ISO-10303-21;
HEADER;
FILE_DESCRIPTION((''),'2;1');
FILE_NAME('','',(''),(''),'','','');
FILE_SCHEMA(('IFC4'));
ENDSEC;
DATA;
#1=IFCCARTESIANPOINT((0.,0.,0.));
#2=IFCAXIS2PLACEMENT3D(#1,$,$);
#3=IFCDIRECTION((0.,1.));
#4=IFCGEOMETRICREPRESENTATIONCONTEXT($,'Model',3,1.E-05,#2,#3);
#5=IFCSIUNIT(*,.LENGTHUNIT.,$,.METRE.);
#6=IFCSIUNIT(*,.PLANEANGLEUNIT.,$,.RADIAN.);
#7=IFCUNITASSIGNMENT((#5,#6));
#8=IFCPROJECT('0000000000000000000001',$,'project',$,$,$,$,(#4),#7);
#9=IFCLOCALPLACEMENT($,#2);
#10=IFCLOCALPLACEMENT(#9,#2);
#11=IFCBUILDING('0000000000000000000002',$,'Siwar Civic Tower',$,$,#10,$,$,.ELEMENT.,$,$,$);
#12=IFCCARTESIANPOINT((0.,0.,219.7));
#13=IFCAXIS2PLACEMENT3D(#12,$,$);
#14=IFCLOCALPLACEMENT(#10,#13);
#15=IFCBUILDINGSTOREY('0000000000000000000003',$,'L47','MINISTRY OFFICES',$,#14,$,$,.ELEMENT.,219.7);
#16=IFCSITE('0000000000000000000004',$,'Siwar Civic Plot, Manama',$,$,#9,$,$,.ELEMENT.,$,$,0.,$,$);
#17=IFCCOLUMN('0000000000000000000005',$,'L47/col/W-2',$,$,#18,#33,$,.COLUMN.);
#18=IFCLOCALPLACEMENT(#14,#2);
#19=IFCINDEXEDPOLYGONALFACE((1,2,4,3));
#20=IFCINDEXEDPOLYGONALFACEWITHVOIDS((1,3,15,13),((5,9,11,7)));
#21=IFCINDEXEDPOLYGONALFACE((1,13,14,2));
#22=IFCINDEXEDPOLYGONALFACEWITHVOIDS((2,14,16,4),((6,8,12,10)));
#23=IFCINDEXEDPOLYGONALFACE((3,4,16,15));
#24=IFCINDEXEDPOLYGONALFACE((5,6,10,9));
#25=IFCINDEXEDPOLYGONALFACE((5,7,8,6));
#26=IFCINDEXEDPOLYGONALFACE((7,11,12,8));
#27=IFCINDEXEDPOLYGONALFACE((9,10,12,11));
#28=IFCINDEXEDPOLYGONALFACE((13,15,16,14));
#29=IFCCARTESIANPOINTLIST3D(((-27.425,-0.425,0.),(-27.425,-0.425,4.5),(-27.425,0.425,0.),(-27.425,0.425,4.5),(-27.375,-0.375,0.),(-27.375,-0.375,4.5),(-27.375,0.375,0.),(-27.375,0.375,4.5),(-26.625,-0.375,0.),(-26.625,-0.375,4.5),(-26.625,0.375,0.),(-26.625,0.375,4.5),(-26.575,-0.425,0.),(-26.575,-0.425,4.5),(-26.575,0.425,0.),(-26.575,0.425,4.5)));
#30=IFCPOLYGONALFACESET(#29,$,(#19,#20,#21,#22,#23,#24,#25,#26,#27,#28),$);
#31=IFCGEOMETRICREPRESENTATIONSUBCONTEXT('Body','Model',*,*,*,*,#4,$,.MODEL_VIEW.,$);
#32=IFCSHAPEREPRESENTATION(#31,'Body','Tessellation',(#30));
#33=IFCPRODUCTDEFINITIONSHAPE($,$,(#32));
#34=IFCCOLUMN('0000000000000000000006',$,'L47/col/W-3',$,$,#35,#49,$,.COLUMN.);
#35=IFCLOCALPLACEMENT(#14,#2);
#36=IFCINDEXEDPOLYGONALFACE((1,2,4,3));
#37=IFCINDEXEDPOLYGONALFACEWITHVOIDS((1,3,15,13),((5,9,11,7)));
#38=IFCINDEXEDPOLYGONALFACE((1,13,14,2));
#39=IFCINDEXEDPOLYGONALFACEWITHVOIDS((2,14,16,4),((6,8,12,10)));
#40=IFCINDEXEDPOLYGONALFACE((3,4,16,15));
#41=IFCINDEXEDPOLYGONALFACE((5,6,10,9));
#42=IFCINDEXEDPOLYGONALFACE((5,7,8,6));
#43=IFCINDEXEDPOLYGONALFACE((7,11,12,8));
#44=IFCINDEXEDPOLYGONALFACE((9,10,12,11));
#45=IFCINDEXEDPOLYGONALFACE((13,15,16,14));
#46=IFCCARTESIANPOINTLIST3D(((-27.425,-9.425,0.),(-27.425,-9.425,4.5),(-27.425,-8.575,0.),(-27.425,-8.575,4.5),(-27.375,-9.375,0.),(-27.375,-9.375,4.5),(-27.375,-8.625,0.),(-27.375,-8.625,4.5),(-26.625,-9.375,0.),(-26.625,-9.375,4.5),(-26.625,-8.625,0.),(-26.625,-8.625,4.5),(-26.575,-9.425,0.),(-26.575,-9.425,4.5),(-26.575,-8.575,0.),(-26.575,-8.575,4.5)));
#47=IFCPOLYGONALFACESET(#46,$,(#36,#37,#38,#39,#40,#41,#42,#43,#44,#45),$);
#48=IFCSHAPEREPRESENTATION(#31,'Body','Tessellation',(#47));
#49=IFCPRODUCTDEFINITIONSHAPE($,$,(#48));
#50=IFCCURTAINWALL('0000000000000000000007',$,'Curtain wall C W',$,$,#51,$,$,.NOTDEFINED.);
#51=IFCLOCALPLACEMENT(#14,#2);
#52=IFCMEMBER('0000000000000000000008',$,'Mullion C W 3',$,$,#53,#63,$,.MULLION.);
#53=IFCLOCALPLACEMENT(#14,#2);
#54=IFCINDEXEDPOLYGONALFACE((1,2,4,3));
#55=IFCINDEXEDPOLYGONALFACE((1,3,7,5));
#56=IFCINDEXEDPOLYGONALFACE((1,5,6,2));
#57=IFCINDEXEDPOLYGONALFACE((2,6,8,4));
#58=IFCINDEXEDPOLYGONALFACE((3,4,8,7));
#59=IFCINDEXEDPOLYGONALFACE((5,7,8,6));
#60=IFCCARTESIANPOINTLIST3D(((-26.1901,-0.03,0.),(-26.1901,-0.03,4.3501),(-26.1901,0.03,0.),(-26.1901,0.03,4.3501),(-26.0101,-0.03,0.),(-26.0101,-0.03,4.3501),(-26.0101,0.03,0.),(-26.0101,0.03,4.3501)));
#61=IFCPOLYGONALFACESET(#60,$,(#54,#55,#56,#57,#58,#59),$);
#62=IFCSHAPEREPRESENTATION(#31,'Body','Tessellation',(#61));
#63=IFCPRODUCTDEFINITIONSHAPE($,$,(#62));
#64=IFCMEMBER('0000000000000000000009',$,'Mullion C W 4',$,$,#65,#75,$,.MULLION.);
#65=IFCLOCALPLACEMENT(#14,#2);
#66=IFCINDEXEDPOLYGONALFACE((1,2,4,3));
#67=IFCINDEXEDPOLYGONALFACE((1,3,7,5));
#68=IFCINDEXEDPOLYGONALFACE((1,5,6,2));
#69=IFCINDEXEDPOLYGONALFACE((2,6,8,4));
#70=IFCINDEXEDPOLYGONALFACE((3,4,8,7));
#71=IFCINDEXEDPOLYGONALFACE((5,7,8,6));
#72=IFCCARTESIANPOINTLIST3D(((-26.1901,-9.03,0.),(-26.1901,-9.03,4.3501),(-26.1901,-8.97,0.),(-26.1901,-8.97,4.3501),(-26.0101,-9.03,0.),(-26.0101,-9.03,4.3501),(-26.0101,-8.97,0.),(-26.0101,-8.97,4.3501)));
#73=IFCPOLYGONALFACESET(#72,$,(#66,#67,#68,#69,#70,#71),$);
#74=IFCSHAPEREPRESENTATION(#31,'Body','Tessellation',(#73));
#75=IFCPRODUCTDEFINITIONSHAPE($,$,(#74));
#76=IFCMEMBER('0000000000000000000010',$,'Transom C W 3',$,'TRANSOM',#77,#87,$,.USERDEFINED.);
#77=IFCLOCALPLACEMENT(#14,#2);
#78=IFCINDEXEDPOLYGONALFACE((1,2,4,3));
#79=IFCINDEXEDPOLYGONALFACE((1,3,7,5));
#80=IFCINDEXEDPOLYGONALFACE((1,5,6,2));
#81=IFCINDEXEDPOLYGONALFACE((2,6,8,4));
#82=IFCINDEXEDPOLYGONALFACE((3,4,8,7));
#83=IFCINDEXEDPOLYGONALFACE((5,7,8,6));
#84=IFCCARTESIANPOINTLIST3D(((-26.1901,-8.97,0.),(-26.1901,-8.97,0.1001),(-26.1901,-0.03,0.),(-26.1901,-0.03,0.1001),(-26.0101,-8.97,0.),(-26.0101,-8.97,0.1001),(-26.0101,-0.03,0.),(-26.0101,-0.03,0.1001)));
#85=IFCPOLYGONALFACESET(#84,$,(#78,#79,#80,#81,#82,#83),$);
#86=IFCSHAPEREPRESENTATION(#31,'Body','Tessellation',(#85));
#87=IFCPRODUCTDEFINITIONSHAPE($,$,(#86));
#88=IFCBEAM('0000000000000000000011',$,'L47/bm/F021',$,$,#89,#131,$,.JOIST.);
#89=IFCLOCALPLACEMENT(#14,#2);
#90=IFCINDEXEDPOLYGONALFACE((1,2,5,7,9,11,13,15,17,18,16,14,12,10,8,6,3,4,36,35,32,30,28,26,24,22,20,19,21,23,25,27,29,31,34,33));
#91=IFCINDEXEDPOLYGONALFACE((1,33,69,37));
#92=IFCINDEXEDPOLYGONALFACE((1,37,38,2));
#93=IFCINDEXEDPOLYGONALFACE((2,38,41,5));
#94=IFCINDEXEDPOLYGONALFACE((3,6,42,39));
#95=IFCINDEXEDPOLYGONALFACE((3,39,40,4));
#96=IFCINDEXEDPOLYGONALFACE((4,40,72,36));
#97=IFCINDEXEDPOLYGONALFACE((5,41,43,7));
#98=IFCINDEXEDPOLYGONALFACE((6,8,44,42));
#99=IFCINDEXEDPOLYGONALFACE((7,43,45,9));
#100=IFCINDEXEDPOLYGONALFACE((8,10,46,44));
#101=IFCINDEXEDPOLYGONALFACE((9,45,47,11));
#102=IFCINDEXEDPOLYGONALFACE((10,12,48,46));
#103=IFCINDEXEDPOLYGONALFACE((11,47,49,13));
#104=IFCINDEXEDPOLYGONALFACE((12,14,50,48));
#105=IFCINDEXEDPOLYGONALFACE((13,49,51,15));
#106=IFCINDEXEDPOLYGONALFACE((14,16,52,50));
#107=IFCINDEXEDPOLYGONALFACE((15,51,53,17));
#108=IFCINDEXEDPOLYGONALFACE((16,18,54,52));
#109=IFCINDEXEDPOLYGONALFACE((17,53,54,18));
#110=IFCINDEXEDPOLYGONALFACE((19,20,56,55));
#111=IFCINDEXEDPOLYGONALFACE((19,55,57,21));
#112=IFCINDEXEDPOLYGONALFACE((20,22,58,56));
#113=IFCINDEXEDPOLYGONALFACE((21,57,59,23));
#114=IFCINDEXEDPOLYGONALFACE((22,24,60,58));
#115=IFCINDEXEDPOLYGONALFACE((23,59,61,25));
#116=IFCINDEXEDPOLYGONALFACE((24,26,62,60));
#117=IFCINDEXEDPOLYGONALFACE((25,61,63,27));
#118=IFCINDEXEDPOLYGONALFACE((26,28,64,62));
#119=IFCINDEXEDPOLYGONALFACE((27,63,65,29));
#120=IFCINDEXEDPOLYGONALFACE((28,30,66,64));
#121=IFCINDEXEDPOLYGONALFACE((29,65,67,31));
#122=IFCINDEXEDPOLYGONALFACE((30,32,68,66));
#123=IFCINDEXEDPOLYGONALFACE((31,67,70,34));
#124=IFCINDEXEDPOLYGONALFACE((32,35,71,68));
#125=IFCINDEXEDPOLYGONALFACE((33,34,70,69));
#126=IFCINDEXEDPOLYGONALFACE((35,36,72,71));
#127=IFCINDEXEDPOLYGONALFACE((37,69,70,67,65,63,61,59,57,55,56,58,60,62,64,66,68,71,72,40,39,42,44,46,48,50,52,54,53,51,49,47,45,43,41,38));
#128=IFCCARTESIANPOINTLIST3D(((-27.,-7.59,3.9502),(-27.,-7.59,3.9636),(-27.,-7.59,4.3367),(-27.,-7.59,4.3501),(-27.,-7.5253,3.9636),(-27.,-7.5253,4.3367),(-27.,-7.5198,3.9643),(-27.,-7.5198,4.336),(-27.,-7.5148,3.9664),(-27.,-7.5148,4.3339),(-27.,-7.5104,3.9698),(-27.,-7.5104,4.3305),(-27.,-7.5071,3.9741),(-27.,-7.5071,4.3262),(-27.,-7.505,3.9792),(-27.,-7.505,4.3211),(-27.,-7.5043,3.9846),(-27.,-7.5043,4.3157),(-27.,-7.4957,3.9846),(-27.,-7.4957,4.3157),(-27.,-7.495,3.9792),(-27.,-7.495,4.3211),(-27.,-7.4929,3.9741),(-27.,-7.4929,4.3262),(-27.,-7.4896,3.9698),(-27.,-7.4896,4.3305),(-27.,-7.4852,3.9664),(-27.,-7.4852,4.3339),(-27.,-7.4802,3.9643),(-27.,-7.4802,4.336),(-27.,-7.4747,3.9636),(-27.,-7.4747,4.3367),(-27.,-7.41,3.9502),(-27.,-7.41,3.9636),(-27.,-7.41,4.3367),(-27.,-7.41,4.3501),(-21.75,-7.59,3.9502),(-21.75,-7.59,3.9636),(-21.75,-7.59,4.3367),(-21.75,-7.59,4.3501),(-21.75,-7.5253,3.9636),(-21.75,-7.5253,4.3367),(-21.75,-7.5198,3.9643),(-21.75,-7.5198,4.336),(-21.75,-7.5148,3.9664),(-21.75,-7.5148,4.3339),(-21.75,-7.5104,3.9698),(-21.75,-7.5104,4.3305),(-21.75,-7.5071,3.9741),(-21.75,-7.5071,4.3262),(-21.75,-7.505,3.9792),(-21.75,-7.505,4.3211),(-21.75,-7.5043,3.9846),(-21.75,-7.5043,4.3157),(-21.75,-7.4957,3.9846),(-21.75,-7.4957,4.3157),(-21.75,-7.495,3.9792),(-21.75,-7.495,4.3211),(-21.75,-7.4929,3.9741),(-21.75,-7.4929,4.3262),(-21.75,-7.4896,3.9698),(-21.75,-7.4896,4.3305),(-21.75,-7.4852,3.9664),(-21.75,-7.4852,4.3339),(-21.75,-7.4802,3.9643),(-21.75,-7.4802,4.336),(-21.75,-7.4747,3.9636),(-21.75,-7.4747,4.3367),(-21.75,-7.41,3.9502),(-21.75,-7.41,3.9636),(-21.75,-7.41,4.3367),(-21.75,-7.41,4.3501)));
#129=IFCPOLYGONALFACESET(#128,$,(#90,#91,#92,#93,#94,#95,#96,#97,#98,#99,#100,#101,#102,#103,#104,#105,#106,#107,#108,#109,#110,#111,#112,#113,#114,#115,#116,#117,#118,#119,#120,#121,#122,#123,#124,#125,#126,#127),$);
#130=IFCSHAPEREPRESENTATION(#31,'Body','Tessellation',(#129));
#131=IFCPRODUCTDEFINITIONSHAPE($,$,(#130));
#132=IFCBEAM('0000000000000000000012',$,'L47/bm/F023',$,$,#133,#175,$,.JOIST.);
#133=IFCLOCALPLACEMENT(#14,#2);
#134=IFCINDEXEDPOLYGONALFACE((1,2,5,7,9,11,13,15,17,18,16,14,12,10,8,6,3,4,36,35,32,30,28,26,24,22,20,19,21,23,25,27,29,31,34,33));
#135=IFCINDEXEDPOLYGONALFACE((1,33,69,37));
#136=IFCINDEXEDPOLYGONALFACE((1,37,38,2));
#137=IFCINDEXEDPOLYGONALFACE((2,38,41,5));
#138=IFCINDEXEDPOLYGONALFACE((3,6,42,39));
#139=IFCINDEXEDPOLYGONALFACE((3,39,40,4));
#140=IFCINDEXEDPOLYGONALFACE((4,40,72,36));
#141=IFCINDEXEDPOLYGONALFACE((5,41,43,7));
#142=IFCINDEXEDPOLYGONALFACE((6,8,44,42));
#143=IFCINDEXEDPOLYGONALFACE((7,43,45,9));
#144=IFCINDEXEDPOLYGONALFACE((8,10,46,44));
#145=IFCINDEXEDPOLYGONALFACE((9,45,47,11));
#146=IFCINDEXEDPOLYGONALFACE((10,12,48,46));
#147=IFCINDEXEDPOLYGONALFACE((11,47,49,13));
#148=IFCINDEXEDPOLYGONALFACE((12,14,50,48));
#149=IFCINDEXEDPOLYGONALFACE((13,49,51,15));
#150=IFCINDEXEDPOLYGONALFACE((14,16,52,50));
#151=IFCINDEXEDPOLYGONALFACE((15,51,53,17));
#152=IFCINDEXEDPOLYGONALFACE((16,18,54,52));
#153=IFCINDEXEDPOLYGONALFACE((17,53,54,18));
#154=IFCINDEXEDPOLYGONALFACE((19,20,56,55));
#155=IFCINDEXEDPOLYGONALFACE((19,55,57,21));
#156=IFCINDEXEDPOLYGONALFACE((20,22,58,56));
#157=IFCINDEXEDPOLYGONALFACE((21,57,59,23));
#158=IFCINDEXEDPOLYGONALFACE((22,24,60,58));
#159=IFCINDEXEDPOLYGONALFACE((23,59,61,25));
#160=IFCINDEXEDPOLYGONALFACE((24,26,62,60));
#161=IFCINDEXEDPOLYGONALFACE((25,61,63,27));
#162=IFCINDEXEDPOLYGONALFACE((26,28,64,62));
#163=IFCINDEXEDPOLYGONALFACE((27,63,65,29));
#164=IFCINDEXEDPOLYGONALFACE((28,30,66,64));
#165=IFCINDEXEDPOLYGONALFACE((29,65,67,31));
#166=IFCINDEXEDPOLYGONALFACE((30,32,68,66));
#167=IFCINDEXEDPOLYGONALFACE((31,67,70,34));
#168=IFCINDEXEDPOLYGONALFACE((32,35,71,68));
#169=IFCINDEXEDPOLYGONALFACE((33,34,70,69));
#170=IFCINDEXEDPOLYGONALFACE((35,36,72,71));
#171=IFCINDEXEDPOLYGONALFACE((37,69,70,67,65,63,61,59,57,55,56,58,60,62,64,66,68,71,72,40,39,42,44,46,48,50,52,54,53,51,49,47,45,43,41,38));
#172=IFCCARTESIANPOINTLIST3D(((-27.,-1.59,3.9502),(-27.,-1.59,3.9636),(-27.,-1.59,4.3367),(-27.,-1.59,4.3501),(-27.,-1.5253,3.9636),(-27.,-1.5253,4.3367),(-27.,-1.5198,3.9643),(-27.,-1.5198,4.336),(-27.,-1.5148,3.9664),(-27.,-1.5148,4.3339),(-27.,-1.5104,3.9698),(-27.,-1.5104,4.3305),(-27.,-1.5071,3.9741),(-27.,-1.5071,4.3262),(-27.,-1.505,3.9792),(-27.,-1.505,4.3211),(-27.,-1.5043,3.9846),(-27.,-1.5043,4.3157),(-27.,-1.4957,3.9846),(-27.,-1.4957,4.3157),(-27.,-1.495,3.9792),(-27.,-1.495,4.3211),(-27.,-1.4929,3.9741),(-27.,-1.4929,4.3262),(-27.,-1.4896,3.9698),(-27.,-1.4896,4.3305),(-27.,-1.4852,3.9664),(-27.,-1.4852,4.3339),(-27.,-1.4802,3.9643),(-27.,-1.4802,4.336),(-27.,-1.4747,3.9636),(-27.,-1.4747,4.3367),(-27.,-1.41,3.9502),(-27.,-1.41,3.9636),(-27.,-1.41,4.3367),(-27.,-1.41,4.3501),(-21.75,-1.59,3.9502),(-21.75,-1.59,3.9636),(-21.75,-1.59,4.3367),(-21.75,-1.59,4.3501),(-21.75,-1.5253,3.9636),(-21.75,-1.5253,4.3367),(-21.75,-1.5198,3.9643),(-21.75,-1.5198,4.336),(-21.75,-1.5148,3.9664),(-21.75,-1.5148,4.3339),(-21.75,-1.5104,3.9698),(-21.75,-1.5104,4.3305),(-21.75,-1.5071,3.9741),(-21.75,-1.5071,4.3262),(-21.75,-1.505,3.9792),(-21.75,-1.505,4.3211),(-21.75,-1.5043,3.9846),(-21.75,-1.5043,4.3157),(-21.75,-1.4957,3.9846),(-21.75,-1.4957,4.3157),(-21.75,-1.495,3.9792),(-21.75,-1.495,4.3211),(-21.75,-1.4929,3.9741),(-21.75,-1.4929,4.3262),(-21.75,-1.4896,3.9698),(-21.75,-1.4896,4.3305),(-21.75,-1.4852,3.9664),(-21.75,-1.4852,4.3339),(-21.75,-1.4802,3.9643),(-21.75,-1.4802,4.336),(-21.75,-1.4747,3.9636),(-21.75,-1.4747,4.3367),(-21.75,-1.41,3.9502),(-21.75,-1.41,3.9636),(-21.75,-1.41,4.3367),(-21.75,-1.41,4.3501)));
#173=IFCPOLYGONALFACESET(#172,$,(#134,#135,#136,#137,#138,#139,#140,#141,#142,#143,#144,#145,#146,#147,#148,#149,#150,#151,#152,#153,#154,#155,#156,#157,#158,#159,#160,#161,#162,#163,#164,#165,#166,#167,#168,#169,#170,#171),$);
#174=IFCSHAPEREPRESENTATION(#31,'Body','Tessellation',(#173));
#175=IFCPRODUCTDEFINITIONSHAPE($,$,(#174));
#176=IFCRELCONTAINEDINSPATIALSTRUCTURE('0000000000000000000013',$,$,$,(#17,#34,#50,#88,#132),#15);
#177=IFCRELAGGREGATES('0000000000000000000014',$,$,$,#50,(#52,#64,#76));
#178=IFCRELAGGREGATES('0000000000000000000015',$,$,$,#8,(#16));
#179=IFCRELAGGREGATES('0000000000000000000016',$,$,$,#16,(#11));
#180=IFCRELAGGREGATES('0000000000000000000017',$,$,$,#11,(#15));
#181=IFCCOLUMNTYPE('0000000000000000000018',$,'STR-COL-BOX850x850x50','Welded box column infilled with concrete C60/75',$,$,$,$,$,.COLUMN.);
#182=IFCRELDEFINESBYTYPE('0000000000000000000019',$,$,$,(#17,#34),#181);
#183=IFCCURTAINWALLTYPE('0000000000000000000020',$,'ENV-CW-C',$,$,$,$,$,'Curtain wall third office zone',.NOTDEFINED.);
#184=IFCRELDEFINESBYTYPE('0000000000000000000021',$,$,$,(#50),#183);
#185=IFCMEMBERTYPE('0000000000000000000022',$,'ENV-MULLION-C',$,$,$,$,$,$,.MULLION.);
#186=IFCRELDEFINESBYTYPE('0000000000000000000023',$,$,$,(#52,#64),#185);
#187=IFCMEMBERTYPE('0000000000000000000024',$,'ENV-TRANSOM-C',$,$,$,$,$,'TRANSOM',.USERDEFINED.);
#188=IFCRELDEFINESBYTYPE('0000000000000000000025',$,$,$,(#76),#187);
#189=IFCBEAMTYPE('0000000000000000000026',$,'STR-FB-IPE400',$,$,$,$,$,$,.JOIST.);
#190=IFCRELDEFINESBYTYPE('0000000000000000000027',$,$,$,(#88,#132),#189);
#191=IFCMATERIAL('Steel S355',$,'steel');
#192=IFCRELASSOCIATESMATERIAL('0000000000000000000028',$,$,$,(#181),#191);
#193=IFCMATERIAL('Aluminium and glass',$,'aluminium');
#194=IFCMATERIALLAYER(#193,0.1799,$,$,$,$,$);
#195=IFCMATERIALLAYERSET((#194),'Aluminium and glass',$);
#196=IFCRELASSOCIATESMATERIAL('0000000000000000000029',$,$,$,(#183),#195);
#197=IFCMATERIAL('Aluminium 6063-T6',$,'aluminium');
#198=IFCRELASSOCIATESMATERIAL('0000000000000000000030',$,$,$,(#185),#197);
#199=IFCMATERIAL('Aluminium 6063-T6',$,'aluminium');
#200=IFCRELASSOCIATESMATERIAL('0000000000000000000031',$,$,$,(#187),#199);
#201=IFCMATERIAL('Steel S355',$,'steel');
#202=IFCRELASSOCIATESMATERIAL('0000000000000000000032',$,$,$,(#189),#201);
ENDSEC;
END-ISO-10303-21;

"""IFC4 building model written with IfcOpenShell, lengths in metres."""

from ifc_helpers import new_model, si_unit, direction, frame, origin, origin_2d, place, context, subcontext, project, spatial, rectangle, hollow_rectangle, i_section, extrude, material, layer, layer_set, material_profile, profile_set, type_object, element, aggregate, save


model = new_model("IFC4")

# Units and contexts
model_context = context("Model", 3, precision=1e-05, world=origin(), true_north=direction((0.0, 1.0)))
body_context = subcontext(model_context, "Body", "Model", "MODEL_VIEW")
ifc_project = project(units=[si_unit("LENGTHUNIT", "METRE"), si_unit("PLANEANGLEUNIT", "RADIAN")], contexts=[model_context])

# Site, building, storey
site_placement = place(None, origin())
site = spatial("IfcSite", under=ifc_project, at=site_placement, Name="Siwar Civic Plot, Manama", CompositionType="ELEMENT", RefElevation=0.0)
building_placement = place(site_placement, origin())
building = spatial("IfcBuilding", under=site, at=building_placement, Name="Siwar Civic Tower", CompositionType="ELEMENT")
storey_placement = place(building_placement, frame((0.0, 0.0, 219.7)))
storey = spatial("IfcBuildingStorey", under=building, at=storey_placement, Name="L47", Description="MINISTRY OFFICES", CompositionType="ELEMENT", Elevation=219.7)

# Columns
ifc_material_1 = material(Name="Steel S355", Category="steel")
ifc_material_profile_1 = material_profile(ifc_material_1, hollow_rectangle(XDim=0.8501, YDim=0.8501, WallThickness=0.05, at=origin_2d()), Name="BOX850x850x50")
ifc_profile_set_1 = profile_set([ifc_material_profile_1], Name="Steel S355")
column_type = type_object("IfcColumnType", Name="STR-COL-BOX850x850x50", Description="Welded box column infilled with concrete C60/75", PredefinedType="COLUMN", material=ifc_profile_set_1)
for number, where, z_axis, x_axis, name in (
    (1, (-27.0, 0.0, 0.0), (0.0, 0.0, 1.0), (1.0, 0.0, 0.0), "L47/col/W-2"),
    (2, (-27.0, -9.0, 0.0), (0.0, 0.0, 1.0), (1.0, 0.0, 0.0), "L47/col/W-3"),
):
    element("IfcColumn", number, at=place(storey_placement, frame(where, z_axis=z_axis, x_axis=x_axis)), inside=storey, type_object=column_type, Name=name, PredefinedType="COLUMN", context=body_context, shape_type="SweptSolid", body=[
        extrude(hollow_rectangle(XDim=0.8501, YDim=0.8501, WallThickness=0.05, at=origin_2d()), origin(), (0.0, 0.0, 1.0), 4.5),
    ])

# Curtain wall, members
ifc_material_2 = material(Name="Aluminium and glass", Category="aluminium")
ifc_layer_1 = layer(ifc_material_2, 0.1799)
ifc_layer_set_1 = layer_set([ifc_layer_1], Name="Aluminium and glass")
curtain_wall_type = type_object("IfcCurtainWallType", Name="ENV-CW-C", ElementType="Curtain wall third office zone", PredefinedType="NOTDEFINED", material=ifc_layer_set_1)
curtain_wall_placement = place(storey_placement, origin())
curtain_wall = element("IfcCurtainWall", 3, at=curtain_wall_placement, inside=storey, type_object=curtain_wall_type, Name="Curtain wall C W", PredefinedType="NOTDEFINED")
ifc_material_3 = material(Name="Aluminium 6063-T6", Category="aluminium")
ifc_material_profile_2 = material_profile(ifc_material_3, rectangle(XDim=0.1799, YDim=0.0601, at=origin_2d()), Name="AL 180x60")
ifc_profile_set_2 = profile_set([ifc_material_profile_2], Name="Aluminium 6063-T6")
member_type_1 = type_object("IfcMemberType", Name="ENV-MULLION-C", PredefinedType="MULLION", material=ifc_profile_set_2)
member_1_placement = place(storey_placement, frame((-26.1001, 0.0, 0.0), z_axis=(0.0, 0.0, 1.0), x_axis=(1.0, 0.0, 0.0)))
member_1 = element("IfcMember", 4, at=member_1_placement, type_object=member_type_1, Name="Mullion C W 3", PredefinedType="MULLION", context=body_context, shape_type="SweptSolid", body=[
    extrude(rectangle(XDim=0.1799, YDim=0.0601, at=origin_2d()), origin(), (0.0, 0.0, 1.0), 4.3501),
])
member_2_placement = place(storey_placement, frame((-26.1001, -9.0, 0.0), z_axis=(0.0, 0.0, 1.0), x_axis=(1.0, 0.0, 0.0)))
member_2 = element("IfcMember", 5, at=member_2_placement, type_object=member_type_1, Name="Mullion C W 4", PredefinedType="MULLION", context=body_context, shape_type="SweptSolid", body=[
    extrude(rectangle(XDim=0.1799, YDim=0.0601, at=origin_2d()), origin(), (0.0, 0.0, 1.0), 4.3501),
])
ifc_material_4 = material(Name="Aluminium 6063-T6", Category="aluminium")
ifc_material_profile_3 = material_profile(ifc_material_4, rectangle(XDim=0.1799, YDim=0.1001, at=origin_2d()), Name="AL 180x100")
ifc_profile_set_3 = profile_set([ifc_material_profile_3], Name="Aluminium 6063-T6")
member_type_2 = type_object("IfcMemberType", Name="ENV-TRANSOM-C", ElementType="TRANSOM", PredefinedType="USERDEFINED", material=ifc_profile_set_3)
member_3_placement = place(storey_placement, frame((-26.1001, -0.03, 0.05), z_axis=(0.0, -1.0, 0.0), x_axis=(1.0, 0.0, 0.0)))
member_3 = element("IfcMember", 6, at=member_3_placement, type_object=member_type_2, Name="Transom C W 3", ObjectType="TRANSOM", PredefinedType="USERDEFINED", context=body_context, shape_type="SweptSolid", body=[
    extrude(rectangle(XDim=0.1799, YDim=0.1001, at=origin_2d()), origin(), (0.0, 0.0, 1.0), 8.9399),
])

# Beams
ifc_material_5 = material(Name="Steel S355", Category="steel")
ifc_material_profile_4 = material_profile(ifc_material_5, i_section(OverallWidth=0.1799, OverallDepth=0.3999, WebThickness=0.0085, FlangeThickness=0.0134, FilletRadius=0.021, at=origin_2d()), Name="IPE400")
ifc_profile_set_4 = profile_set([ifc_material_profile_4], Name="Steel S355")
beam_type_1 = type_object("IfcBeamType", Name="STR-FB-IPE400", PredefinedType="JOIST", material=ifc_profile_set_4)
for number, where, z_axis, x_axis, name in (
    (7, (-27.0, -7.5, 4.1501), (1.0, 0.0, 0.0), (0.0, 1.0, 0.0), "L47/bm/F021"),
    (8, (-27.0, -1.5, 4.1501), (1.0, 0.0, 0.0), (0.0, 1.0, 0.0), "L47/bm/F023"),
):
    element("IfcBeam", number, at=place(storey_placement, frame(where, z_axis=z_axis, x_axis=x_axis)), inside=storey, type_object=beam_type_1, Name=name, PredefinedType="JOIST", context=body_context, shape_type="SweptSolid", body=[
        extrude(i_section(OverallWidth=0.1799, OverallDepth=0.3999, WebThickness=0.0085, FlangeThickness=0.0134, FilletRadius=0.021, at=origin_2d()), origin(), (0.0, 0.0, 1.0), 5.25),
    ])

aggregate(curtain_wall, [member_1, member_2, member_3])

save(model, "model.ifc")
